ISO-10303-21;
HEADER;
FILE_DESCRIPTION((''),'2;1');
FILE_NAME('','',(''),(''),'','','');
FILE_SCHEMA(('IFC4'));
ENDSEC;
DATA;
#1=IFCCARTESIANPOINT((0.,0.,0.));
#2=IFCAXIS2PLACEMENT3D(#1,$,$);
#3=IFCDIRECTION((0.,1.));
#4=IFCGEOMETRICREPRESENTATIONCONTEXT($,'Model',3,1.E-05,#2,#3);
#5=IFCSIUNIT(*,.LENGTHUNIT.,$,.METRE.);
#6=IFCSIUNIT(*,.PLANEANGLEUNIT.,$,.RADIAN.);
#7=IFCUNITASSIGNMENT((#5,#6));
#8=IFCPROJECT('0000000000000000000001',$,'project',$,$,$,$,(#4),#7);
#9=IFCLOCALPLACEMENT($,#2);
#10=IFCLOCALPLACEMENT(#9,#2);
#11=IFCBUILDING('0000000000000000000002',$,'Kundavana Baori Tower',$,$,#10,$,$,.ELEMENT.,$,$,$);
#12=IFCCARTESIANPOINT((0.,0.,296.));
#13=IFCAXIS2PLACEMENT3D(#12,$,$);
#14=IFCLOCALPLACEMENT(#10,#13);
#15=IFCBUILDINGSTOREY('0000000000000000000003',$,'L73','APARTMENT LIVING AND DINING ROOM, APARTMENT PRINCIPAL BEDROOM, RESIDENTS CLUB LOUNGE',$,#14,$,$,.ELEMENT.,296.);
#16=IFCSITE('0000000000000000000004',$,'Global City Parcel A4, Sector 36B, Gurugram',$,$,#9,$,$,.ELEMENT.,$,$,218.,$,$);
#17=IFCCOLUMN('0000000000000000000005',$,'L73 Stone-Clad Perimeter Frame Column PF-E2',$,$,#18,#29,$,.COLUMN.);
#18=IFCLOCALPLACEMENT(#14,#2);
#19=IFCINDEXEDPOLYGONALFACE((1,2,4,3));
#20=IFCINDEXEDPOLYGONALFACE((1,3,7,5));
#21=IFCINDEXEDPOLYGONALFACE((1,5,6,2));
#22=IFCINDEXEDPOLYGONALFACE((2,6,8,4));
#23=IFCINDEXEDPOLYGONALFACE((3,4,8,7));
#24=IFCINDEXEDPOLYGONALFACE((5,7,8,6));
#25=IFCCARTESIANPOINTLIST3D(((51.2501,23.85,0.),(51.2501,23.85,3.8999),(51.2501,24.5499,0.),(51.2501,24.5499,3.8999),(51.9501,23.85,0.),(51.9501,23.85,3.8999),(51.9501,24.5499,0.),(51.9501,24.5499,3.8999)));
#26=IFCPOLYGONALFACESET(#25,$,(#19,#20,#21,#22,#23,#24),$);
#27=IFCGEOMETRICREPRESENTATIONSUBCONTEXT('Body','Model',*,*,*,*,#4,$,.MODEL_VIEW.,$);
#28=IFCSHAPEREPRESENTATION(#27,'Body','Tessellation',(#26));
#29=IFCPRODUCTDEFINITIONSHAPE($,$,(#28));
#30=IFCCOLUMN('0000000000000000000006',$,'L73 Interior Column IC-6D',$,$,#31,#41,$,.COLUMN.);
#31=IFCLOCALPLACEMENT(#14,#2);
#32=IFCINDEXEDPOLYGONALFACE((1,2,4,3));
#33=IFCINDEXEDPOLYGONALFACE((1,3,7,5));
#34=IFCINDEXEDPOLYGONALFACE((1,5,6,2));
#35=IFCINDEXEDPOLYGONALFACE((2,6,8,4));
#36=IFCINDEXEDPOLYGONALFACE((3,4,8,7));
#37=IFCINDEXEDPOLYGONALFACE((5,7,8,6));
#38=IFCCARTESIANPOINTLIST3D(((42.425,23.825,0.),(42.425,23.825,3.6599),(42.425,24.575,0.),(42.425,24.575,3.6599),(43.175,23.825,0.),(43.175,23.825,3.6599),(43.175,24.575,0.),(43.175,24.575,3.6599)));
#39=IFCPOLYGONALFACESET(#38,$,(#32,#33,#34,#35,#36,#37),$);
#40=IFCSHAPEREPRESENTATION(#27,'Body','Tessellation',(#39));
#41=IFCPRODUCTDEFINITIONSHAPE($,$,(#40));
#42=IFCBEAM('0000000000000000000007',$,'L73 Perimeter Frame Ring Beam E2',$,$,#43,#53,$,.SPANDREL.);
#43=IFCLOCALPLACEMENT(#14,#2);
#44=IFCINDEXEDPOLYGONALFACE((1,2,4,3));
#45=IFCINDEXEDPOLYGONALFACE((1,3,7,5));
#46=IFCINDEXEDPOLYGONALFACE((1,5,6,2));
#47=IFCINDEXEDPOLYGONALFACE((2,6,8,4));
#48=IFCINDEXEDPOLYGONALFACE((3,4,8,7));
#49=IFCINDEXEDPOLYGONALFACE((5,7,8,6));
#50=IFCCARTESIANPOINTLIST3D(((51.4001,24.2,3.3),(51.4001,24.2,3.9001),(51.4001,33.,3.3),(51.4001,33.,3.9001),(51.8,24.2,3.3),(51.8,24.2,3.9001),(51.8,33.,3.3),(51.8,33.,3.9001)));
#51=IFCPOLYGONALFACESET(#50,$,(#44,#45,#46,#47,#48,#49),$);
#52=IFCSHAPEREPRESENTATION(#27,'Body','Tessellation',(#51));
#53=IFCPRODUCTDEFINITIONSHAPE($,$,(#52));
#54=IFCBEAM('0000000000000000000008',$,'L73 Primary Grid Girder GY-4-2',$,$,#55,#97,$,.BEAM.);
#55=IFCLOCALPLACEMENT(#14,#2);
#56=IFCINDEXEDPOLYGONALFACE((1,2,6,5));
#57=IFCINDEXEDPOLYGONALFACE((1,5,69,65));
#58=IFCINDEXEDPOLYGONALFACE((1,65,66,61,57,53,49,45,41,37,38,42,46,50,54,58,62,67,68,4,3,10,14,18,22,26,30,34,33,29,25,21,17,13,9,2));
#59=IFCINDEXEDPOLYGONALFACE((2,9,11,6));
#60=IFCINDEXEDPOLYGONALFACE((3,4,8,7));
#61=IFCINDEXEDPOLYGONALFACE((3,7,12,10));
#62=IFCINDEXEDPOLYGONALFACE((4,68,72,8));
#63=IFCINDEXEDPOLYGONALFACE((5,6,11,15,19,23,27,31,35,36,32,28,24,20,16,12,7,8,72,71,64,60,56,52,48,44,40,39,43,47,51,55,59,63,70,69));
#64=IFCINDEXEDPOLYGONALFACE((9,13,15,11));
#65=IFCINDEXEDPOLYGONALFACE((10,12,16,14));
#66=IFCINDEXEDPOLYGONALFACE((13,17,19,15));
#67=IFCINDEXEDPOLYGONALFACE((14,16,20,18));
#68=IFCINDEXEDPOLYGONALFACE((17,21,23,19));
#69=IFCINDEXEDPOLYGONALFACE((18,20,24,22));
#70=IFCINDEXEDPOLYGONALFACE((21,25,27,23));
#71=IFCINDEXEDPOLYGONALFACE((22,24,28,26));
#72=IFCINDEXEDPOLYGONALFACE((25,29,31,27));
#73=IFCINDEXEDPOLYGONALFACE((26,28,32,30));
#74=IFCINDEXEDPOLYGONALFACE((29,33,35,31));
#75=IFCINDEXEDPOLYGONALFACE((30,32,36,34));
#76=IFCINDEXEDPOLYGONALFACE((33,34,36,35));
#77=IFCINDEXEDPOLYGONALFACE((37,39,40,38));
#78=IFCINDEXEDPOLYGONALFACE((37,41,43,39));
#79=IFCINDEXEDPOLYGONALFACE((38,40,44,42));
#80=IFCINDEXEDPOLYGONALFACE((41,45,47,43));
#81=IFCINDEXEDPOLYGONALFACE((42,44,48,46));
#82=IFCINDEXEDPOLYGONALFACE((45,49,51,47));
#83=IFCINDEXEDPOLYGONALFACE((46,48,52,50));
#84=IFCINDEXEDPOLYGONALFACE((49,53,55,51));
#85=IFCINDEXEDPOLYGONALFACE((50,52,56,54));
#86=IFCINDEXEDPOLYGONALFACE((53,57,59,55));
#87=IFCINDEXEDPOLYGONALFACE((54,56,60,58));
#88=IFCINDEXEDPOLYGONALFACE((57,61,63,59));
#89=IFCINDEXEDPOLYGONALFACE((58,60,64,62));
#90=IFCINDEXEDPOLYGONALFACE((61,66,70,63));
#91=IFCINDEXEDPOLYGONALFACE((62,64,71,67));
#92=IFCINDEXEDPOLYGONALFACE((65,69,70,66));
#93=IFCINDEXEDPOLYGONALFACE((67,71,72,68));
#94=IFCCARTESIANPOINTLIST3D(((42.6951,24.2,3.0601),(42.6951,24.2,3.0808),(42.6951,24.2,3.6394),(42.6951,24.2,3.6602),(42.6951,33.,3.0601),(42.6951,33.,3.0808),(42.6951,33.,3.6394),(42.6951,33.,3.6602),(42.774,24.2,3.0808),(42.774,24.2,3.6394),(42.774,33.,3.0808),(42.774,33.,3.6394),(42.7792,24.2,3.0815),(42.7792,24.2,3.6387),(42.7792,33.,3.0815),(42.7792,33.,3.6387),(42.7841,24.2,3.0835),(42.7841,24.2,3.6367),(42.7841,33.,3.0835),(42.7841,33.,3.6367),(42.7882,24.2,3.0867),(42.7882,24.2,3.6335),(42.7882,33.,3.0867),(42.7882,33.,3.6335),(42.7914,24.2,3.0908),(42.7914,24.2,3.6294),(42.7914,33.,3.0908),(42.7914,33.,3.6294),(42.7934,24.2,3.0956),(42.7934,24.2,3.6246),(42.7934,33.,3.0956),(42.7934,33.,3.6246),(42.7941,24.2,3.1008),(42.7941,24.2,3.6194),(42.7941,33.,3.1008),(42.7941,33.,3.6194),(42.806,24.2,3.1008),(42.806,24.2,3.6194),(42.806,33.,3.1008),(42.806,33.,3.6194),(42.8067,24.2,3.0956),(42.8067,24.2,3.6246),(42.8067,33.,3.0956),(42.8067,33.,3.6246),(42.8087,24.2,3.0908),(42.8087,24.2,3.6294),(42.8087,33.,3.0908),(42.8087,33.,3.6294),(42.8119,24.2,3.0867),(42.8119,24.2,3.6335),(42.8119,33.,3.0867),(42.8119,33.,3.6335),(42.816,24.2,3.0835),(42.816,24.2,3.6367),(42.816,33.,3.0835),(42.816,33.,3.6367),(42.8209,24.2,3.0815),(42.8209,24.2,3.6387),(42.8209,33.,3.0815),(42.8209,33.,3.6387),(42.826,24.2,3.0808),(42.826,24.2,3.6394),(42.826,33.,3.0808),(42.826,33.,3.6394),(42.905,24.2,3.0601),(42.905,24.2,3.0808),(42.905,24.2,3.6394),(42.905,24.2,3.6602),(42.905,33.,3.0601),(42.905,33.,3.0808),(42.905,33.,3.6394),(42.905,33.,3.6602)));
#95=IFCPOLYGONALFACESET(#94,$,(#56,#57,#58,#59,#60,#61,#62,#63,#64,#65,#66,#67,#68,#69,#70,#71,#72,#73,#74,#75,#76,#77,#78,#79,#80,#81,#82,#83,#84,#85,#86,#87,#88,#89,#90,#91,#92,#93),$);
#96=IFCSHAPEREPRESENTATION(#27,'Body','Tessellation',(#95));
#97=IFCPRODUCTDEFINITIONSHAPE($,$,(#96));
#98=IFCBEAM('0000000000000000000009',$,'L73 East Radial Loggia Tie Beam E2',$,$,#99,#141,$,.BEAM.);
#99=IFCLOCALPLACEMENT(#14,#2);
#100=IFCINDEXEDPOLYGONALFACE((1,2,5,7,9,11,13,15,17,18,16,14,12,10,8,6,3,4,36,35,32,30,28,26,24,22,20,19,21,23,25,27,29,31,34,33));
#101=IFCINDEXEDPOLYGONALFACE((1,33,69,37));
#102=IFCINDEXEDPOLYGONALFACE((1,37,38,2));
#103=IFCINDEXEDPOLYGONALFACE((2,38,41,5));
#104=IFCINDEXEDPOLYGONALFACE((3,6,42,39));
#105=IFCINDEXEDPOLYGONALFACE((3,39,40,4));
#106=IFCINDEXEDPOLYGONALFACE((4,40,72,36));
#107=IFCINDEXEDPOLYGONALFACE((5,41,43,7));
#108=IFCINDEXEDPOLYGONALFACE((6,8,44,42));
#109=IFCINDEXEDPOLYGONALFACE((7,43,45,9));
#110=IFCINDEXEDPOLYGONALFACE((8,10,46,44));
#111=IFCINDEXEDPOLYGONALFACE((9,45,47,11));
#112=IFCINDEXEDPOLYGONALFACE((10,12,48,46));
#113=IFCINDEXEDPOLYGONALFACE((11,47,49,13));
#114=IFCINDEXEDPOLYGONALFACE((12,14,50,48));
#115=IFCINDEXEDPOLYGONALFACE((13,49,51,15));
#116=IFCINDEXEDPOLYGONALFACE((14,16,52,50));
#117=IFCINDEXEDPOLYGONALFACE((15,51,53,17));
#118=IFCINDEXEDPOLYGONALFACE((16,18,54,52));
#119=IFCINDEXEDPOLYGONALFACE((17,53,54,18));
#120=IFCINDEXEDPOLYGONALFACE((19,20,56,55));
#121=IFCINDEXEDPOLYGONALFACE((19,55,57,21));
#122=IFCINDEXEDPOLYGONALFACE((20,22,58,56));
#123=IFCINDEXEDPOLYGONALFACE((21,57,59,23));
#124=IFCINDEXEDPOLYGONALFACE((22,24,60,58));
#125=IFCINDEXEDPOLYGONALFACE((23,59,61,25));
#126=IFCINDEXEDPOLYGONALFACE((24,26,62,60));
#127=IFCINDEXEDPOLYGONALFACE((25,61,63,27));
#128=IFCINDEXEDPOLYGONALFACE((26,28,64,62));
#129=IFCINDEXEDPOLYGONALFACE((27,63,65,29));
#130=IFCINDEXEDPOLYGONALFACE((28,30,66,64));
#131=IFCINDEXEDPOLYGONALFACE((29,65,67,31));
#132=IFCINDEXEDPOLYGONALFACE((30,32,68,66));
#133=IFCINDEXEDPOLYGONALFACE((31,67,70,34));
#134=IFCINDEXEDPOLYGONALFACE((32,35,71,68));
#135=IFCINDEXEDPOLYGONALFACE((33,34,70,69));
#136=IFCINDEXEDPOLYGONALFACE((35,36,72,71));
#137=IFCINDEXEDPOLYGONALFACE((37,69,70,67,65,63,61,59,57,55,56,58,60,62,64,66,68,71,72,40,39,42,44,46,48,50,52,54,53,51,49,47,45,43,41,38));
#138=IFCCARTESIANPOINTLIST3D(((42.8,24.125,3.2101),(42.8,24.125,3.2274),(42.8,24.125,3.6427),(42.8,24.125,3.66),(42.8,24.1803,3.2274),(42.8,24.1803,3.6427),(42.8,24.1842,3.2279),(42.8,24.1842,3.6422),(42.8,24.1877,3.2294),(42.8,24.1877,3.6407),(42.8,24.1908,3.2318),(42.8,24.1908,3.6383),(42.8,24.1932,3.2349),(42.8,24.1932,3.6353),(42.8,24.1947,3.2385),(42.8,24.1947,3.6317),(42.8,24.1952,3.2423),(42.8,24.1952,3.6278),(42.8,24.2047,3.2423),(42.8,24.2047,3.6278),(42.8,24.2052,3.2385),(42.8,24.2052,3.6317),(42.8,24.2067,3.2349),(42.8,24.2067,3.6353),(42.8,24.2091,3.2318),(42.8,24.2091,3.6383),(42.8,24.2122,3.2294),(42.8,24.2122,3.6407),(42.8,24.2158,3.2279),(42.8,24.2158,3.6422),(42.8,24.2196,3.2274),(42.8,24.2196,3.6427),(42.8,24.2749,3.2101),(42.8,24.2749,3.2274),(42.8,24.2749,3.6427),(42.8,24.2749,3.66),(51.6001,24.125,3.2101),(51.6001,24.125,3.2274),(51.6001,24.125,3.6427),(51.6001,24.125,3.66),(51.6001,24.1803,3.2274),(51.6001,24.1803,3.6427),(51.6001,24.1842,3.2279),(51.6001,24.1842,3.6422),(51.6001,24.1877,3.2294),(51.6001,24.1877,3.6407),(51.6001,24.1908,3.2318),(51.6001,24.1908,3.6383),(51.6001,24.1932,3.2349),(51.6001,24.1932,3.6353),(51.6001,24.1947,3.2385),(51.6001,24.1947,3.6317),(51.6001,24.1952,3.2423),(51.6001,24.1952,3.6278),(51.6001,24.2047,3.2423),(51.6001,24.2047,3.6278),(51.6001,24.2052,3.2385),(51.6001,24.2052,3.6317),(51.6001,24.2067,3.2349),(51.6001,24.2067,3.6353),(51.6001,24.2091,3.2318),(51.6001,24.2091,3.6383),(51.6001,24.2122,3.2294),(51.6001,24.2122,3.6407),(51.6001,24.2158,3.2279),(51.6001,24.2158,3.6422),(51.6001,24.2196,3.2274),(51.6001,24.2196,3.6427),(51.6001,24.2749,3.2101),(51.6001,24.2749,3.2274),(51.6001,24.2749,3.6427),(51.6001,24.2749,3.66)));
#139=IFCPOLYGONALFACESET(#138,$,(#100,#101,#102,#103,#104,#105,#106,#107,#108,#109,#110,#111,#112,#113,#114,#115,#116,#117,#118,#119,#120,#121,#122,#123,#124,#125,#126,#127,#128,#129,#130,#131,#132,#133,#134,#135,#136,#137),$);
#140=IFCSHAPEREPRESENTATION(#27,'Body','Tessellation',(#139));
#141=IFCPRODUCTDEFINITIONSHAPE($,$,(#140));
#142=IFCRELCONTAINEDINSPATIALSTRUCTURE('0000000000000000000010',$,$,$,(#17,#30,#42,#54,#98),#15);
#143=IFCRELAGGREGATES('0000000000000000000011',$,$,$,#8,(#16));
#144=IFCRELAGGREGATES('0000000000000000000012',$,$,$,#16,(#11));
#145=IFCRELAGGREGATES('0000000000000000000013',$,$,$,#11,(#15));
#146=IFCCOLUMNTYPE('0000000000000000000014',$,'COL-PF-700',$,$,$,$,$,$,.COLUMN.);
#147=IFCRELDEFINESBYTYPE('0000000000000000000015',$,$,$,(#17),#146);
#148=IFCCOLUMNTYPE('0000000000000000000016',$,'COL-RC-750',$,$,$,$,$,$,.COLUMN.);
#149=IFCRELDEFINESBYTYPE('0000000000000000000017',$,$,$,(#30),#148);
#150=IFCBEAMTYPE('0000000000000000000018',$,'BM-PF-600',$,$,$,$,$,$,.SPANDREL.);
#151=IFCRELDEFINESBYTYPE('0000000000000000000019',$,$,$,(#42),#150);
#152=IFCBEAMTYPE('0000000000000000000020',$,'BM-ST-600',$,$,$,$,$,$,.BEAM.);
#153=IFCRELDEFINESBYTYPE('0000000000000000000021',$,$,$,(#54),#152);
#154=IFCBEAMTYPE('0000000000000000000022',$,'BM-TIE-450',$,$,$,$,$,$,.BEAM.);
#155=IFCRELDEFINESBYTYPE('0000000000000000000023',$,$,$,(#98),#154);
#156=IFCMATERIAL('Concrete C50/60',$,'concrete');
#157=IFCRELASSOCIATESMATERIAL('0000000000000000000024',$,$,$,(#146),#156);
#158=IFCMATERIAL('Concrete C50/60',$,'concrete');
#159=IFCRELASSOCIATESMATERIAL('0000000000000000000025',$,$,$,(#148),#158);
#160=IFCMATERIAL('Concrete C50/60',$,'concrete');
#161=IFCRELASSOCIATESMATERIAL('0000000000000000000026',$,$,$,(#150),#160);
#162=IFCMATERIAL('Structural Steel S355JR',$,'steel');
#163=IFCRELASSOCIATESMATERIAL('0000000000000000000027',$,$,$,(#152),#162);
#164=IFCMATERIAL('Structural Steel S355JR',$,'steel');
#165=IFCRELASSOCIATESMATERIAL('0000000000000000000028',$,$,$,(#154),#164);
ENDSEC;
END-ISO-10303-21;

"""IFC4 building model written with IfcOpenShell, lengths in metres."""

from ifc_helpers import new_model, si_unit, direction, frame, origin, origin_2d, place, context, subcontext, project, spatial, rectangle, i_section, extrude, material, material_profile, profile_set, type_object, element, save


model = new_model("IFC4")

# Units and contexts
model_context = context("Model", 3, precision=1e-05, world=origin(), true_north=direction((0.0, 1.0)))
body_context = subcontext(model_context, "Body", "Model", "MODEL_VIEW")
ifc_project = project(units=[si_unit("LENGTHUNIT", "METRE"), si_unit("PLANEANGLEUNIT", "RADIAN")], contexts=[model_context])

# Site, building, storey
site_placement = place(None, origin())
site = spatial("IfcSite", under=ifc_project, at=site_placement, Name="Global City Parcel A4, Sector 36B, Gurugram", CompositionType="ELEMENT", RefElevation=218.0)
building_placement = place(site_placement, origin())
building = spatial("IfcBuilding", under=site, at=building_placement, Name="Kundavana Baori Tower", CompositionType="ELEMENT")
storey_placement = place(building_placement, frame((0.0, 0.0, 296.0)))
storey = spatial("IfcBuildingStorey", under=building, at=storey_placement, Name="L73", Description="APARTMENT LIVING AND DINING ROOM, APARTMENT PRINCIPAL BEDROOM, RESIDENTS CLUB LOUNGE", CompositionType="ELEMENT", Elevation=296.0)

# Columns
ifc_material_1 = material(Name="Concrete C50/60", Category="concrete")
ifc_material_profile_1 = material_profile(ifc_material_1, rectangle(XDim=0.7, YDim=0.7, at=origin_2d()), Name="RC PF 700x700")
ifc_profile_set_1 = profile_set([ifc_material_profile_1], Name="Concrete C50/60")
column_type_1 = type_object("IfcColumnType", Name="COL-PF-700", PredefinedType="COLUMN", material=ifc_profile_set_1)
column_1_placement = place(storey_placement, frame((51.6001, 24.2, 0.0), z_axis=(0.0, 0.0, 1.0), x_axis=(1.0, 0.0, 0.0)))
element("IfcColumn", 1, at=column_1_placement, inside=storey, type_object=column_type_1, Name="L73 Stone-Clad Perimeter Frame Column PF-E2", PredefinedType="COLUMN", context=body_context, shape_type="SweptSolid", body=[
    extrude(rectangle(XDim=0.7, YDim=0.7, at=origin_2d()), origin(), (0.0, 0.0, 1.0), 3.8999),
])
ifc_material_2 = material(Name="Concrete C50/60", Category="concrete")
ifc_material_profile_2 = material_profile(ifc_material_2, rectangle(XDim=0.75, YDim=0.75, at=origin_2d()), Name="RC 750x750")
ifc_profile_set_2 = profile_set([ifc_material_profile_2], Name="Concrete C50/60")
column_type_2 = type_object("IfcColumnType", Name="COL-RC-750", PredefinedType="COLUMN", material=ifc_profile_set_2)
column_2_placement = place(storey_placement, frame((42.8, 24.2, 0.0), z_axis=(0.0, 0.0, 1.0), x_axis=(1.0, 0.0, 0.0)))
element("IfcColumn", 2, at=column_2_placement, inside=storey, type_object=column_type_2, Name="L73 Interior Column IC-6D", PredefinedType="COLUMN", context=body_context, shape_type="SweptSolid", body=[
    extrude(rectangle(XDim=0.75, YDim=0.75, at=origin_2d()), origin(), (0.0, 0.0, 1.0), 3.6599),
])

# Beams
ifc_material_3 = material(Name="Concrete C50/60", Category="concrete")
ifc_material_profile_3 = material_profile(ifc_material_3, rectangle(XDim=0.3999, YDim=0.6001, at=origin_2d()), Name="RC BM 400x600")
ifc_profile_set_3 = profile_set([ifc_material_profile_3], Name="Concrete C50/60")
beam_type_1 = type_object("IfcBeamType", Name="BM-PF-600", PredefinedType="SPANDREL", material=ifc_profile_set_3)
beam_1_placement = place(storey_placement, frame((51.6001, 24.2, 3.6001), z_axis=(0.0, 1.0, 0.0), x_axis=(-1.0, 0.0, 0.0)))
element("IfcBeam", 3, at=beam_1_placement, inside=storey, type_object=beam_type_1, Name="L73 Perimeter Frame Ring Beam E2", PredefinedType="SPANDREL", context=body_context, shape_type="SweptSolid", body=[
    extrude(rectangle(XDim=0.3999, YDim=0.6001, at=origin_2d()), origin(), (0.0, 0.0, 1.0), 8.8),
])
ifc_material_4 = material(Name="Structural Steel S355JR", Category="steel")
ifc_material_profile_4 = material_profile(ifc_material_4, i_section(OverallWidth=0.21, OverallDepth=0.6001, WebThickness=0.012, FlangeThickness=0.0208, FilletRadius=0.02, at=origin_2d()), Name="ISMB 600")
ifc_profile_set_4 = profile_set([ifc_material_profile_4], Name="Structural Steel S355JR")
beam_type_2 = type_object("IfcBeamType", Name="BM-ST-600", PredefinedType="BEAM", material=ifc_profile_set_4)
beam_2_placement = place(storey_placement, frame((42.8, 24.2, 3.3601), z_axis=(0.0, 1.0, 0.0), x_axis=(-1.0, 0.0, 0.0)))
element("IfcBeam", 4, at=beam_2_placement, inside=storey, type_object=beam_type_2, Name="L73 Primary Grid Girder GY-4-2", PredefinedType="BEAM", context=body_context, shape_type="SweptSolid", body=[
    extrude(i_section(OverallWidth=0.21, OverallDepth=0.6001, WebThickness=0.012, FlangeThickness=0.0208, FilletRadius=0.02, at=origin_2d()), origin(), (0.0, 0.0, 1.0), 8.8),
])
ifc_material_5 = material(Name="Structural Steel S355JR", Category="steel")
ifc_material_profile_5 = material_profile(ifc_material_5, i_section(OverallWidth=0.1499, OverallDepth=0.45, WebThickness=0.0095, FlangeThickness=0.0173, FilletRadius=0.0149, at=origin_2d()), Name="ISMB 450")
ifc_profile_set_5 = profile_set([ifc_material_profile_5], Name="Structural Steel S355JR")
beam_type_3 = type_object("IfcBeamType", Name="BM-TIE-450", PredefinedType="BEAM", material=ifc_profile_set_5)
beam_3_placement = place(storey_placement, frame((42.8, 24.2, 3.4351), z_axis=(1.0, 0.0, 0.0), x_axis=(0.0, 1.0, 0.0)))
element("IfcBeam", 5, at=beam_3_placement, inside=storey, type_object=beam_type_3, Name="L73 East Radial Loggia Tie Beam E2", PredefinedType="BEAM", context=body_context, shape_type="SweptSolid", body=[
    extrude(i_section(OverallWidth=0.1499, OverallDepth=0.45, WebThickness=0.0095, FlangeThickness=0.0173, FilletRadius=0.0149, at=origin_2d()), origin(), (0.0, 0.0, 1.0), 8.8),
])

save(model, "model.ifc")
